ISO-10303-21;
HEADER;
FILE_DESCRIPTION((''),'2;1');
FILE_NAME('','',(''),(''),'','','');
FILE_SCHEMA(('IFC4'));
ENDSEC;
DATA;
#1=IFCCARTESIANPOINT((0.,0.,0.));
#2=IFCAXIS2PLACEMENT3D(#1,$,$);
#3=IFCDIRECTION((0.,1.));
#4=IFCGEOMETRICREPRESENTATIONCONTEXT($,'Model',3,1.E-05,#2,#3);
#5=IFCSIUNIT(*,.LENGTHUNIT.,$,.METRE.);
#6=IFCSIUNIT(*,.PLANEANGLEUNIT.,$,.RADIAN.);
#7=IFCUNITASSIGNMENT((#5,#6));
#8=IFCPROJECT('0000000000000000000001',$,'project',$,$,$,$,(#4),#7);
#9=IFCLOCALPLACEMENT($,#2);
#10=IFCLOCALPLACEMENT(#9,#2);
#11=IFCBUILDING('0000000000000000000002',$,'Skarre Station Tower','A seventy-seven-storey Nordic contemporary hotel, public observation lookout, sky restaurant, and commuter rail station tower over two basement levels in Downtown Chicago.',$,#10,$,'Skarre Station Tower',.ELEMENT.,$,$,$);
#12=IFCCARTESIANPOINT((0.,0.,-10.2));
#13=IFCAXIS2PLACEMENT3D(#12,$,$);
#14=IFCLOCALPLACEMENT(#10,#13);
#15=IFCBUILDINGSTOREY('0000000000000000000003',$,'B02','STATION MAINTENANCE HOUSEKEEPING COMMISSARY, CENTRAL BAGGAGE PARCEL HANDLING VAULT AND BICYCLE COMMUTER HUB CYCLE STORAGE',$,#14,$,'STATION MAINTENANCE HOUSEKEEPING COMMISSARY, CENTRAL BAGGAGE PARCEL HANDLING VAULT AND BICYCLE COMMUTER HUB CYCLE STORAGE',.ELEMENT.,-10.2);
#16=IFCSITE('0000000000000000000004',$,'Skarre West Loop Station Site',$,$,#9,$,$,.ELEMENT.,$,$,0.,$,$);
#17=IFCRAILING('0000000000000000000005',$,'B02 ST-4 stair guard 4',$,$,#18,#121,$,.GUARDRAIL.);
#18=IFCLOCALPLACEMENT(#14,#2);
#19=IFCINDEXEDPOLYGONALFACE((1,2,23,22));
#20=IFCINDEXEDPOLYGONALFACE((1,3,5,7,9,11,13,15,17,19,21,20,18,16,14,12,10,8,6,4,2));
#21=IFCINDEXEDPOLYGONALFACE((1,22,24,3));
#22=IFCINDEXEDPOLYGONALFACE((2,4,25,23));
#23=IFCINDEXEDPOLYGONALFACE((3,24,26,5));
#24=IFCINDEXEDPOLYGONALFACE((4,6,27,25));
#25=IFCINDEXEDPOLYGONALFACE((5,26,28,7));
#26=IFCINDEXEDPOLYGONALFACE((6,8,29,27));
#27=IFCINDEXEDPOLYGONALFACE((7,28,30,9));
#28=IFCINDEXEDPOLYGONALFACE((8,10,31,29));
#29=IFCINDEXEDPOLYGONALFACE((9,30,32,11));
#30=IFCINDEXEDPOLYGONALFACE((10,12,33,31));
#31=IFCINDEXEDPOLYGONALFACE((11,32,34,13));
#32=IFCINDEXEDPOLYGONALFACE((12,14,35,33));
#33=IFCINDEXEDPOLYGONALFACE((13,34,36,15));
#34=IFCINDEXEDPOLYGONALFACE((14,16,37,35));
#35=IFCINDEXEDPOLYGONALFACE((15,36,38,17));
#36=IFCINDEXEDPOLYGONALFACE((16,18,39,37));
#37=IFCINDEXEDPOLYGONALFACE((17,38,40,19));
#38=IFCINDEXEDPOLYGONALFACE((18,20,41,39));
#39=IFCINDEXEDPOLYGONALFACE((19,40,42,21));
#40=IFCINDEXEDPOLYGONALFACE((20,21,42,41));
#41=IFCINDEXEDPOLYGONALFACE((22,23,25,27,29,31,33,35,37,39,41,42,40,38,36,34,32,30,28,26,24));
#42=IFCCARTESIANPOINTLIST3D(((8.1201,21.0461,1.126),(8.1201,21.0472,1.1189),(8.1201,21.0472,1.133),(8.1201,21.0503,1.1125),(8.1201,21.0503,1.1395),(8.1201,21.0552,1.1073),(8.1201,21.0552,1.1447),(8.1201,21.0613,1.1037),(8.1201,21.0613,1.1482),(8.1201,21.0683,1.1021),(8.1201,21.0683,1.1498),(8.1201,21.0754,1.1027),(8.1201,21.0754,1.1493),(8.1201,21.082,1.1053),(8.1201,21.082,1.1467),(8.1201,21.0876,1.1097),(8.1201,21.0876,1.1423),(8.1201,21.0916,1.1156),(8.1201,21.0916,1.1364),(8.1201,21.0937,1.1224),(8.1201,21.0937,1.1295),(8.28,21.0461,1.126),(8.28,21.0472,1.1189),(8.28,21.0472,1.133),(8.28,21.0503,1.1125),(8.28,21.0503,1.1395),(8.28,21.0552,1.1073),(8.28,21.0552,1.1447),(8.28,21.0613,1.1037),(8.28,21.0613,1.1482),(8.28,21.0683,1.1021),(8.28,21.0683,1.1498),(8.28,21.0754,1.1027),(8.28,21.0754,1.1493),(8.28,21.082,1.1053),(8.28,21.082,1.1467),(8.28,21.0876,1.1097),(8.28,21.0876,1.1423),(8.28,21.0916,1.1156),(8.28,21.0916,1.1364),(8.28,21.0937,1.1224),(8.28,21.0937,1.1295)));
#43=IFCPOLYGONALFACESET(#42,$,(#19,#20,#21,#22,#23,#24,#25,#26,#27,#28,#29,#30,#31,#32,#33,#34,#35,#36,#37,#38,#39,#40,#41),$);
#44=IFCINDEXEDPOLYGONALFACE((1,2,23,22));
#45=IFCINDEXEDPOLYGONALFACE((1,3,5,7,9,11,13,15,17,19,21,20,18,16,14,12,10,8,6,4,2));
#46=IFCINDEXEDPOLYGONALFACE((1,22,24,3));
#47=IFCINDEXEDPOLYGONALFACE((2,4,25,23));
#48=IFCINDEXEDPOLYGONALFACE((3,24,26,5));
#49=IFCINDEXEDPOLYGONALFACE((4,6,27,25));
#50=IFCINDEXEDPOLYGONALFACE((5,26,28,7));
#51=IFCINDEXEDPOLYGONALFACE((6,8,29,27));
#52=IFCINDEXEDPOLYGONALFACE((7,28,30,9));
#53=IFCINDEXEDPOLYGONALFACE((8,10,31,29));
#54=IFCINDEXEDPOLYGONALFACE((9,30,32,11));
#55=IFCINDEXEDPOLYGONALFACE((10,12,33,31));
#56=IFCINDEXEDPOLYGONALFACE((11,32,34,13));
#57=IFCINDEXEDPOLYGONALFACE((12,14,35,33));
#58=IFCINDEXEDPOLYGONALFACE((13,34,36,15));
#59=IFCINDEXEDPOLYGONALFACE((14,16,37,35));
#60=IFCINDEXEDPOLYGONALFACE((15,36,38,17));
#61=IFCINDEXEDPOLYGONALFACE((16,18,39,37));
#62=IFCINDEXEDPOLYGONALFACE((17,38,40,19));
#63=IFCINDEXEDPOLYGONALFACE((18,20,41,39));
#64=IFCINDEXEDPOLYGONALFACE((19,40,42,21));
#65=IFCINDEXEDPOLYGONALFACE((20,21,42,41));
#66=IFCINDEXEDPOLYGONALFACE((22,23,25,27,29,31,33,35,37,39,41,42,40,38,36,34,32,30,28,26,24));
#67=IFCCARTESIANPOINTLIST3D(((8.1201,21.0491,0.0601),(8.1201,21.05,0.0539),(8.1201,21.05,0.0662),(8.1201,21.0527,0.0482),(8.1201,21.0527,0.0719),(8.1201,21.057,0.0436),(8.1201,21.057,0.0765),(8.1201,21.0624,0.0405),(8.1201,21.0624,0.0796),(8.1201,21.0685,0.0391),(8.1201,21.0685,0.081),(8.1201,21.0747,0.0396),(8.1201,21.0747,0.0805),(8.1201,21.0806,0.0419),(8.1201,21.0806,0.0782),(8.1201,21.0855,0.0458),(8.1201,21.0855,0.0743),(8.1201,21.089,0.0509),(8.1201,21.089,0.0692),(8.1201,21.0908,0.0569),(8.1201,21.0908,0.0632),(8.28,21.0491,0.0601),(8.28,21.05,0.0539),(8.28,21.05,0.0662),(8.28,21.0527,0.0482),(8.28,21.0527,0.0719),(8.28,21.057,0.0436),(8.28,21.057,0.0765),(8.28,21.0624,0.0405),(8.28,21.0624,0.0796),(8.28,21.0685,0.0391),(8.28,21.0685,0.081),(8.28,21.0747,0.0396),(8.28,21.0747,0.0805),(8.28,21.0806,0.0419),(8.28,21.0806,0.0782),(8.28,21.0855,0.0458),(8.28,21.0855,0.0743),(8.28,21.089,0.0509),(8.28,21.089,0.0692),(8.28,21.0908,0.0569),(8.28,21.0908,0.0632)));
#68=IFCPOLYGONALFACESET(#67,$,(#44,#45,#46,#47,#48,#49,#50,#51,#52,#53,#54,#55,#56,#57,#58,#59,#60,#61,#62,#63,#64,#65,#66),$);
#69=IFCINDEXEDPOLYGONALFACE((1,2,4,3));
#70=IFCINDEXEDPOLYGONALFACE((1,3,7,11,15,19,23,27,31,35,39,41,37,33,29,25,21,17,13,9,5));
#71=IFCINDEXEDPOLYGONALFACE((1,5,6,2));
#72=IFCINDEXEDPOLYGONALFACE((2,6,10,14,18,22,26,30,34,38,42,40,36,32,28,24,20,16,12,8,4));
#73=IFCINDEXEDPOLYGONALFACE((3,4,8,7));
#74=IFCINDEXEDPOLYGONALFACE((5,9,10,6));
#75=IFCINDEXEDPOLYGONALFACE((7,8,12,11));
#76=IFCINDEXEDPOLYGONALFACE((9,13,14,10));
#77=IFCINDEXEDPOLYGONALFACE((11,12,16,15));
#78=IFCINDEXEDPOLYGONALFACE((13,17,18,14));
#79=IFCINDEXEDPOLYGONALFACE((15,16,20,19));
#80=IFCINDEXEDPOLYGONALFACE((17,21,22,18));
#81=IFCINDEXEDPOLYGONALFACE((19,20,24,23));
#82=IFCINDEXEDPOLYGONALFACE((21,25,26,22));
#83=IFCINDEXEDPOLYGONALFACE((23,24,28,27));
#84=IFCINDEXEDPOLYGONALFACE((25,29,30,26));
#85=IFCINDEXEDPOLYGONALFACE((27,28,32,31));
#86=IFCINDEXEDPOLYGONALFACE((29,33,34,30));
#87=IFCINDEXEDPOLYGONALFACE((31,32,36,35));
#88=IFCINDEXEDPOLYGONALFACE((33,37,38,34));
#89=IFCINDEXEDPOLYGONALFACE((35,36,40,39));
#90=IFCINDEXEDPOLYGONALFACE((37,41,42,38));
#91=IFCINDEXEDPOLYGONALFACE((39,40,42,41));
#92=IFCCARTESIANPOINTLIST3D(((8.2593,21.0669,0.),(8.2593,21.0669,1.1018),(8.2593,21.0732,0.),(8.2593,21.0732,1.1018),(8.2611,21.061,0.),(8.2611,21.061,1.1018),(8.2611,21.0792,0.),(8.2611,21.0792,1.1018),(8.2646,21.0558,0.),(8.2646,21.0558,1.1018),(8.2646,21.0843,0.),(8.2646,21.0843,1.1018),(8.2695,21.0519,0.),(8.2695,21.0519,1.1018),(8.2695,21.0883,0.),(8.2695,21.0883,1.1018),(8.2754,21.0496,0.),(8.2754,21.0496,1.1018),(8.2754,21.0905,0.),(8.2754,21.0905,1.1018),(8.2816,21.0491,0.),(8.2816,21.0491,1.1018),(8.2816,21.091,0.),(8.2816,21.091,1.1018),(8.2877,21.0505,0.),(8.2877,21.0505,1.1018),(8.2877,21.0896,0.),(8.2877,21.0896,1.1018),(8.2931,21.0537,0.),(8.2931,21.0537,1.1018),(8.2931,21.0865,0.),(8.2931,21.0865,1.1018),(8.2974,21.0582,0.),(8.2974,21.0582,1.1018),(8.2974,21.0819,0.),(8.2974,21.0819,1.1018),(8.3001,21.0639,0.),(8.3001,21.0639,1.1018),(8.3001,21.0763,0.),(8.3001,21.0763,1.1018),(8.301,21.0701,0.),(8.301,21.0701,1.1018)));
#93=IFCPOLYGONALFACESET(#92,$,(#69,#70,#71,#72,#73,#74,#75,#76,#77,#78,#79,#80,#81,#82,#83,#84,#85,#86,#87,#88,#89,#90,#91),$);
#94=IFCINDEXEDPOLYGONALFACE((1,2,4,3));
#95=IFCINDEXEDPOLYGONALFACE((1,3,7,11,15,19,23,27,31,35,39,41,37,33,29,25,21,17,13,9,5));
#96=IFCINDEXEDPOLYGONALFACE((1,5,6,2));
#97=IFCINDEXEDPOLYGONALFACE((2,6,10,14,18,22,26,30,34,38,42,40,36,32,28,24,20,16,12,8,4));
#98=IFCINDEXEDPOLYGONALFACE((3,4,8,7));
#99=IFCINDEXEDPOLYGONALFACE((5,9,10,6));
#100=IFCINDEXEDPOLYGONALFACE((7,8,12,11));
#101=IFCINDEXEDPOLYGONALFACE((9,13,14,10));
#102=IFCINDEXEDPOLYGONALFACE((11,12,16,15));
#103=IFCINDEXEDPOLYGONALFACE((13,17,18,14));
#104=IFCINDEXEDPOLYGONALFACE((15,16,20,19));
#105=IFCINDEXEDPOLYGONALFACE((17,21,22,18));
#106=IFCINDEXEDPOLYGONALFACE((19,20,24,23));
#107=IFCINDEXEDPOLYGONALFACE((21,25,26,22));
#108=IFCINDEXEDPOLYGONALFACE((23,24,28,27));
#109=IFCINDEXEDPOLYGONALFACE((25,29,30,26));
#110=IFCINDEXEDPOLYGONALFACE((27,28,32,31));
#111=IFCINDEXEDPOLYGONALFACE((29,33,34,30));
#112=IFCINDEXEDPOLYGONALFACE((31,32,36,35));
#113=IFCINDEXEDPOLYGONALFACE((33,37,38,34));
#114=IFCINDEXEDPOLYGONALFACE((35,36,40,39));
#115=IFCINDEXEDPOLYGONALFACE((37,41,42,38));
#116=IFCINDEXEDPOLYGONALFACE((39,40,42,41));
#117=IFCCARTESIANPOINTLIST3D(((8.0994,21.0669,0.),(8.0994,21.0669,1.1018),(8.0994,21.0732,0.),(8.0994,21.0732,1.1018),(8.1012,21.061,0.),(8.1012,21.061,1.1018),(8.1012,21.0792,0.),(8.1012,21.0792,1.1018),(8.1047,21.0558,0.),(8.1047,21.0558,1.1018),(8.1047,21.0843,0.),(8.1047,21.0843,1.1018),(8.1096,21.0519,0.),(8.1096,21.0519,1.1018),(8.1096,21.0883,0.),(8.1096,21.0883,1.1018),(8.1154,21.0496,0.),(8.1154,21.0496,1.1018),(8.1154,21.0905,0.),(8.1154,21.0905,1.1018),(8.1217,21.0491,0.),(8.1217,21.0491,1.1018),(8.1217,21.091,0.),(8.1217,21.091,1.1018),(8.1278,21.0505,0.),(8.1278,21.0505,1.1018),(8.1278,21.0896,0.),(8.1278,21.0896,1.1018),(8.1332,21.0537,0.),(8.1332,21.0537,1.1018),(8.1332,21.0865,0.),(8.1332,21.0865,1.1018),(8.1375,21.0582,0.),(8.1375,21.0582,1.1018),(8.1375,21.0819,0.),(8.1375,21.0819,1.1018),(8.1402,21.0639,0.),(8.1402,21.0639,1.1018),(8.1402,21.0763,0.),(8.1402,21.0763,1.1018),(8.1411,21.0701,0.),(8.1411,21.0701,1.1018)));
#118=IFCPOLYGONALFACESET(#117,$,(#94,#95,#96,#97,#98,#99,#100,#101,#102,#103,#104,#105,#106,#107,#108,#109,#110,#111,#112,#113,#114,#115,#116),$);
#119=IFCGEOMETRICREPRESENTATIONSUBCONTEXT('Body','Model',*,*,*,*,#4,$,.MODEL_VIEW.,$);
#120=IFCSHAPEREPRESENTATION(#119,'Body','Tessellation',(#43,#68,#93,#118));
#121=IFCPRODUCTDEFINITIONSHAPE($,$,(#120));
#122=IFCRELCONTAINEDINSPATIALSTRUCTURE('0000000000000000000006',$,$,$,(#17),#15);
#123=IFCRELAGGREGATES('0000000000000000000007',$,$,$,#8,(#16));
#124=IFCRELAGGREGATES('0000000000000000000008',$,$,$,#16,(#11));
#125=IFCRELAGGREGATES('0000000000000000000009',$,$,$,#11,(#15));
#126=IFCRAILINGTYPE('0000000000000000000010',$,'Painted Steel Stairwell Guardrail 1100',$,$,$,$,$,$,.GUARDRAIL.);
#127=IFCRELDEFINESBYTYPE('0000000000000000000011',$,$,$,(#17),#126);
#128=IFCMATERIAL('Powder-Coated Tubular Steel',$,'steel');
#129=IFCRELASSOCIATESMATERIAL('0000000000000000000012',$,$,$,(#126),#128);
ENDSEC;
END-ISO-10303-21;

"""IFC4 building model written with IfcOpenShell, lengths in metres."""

from ifc_helpers import new_model, si_unit, direction, frame, origin, origin_2d, place, context, subcontext, project, spatial, circle, extrude, material, type_object, element, save


model = new_model("IFC4")

# Units and contexts
model_context = context("Model", 3, precision=1e-05, world=origin(), true_north=direction((0.0, 1.0)))
body_context = subcontext(model_context, "Body", "Model", "MODEL_VIEW")
ifc_project = project(units=[si_unit("LENGTHUNIT", "METRE"), si_unit("PLANEANGLEUNIT", "RADIAN")], contexts=[model_context])

# Site, building, storey
site_placement = place(None, origin())
site = spatial("IfcSite", under=ifc_project, at=site_placement, Name="Skarre West Loop Station Site", CompositionType="ELEMENT", RefElevation=0.0)
building_placement = place(site_placement, origin())
building = spatial("IfcBuilding", under=site, at=building_placement, Name="Skarre Station Tower", Description="A seventy-seven-storey Nordic contemporary hotel, public observation lookout, sky restaurant, and commuter rail station tower over two basement levels in Downtown Chicago.", LongName="Skarre Station Tower", CompositionType="ELEMENT")
storey_placement = place(building_placement, frame((0.0, 0.0, -10.2)))
storey = spatial("IfcBuildingStorey", under=building, at=storey_placement, Name="B02", Description="STATION MAINTENANCE HOUSEKEEPING COMMISSARY, CENTRAL BAGGAGE PARCEL HANDLING VAULT AND BICYCLE COMMUTER HUB CYCLE STORAGE", LongName="STATION MAINTENANCE HOUSEKEEPING COMMISSARY, CENTRAL BAGGAGE PARCEL HANDLING VAULT AND BICYCLE COMMUTER HUB CYCLE STORAGE", CompositionType="ELEMENT", Elevation=-10.2)

# Railing
ifc_material_1 = material(Name="Powder-Coated Tubular Steel", Category="steel")
railing_type_1 = type_object("IfcRailingType", Name="Painted Steel Stairwell Guardrail 1100", PredefinedType="GUARDRAIL", material=ifc_material_1)
railing_1_placement = place(storey_placement, frame((8.28, 21.0701, 0.0)))
element("IfcRailing", 1, at=railing_1_placement, inside=storey, type_object=railing_type_1, Name="B02 ST-4 stair guard 4", PredefinedType="GUARDRAIL", context=body_context, shape_type="SweptSolid", body=[
    extrude(circle(Radius=0.0239, at=origin_2d()), frame((0.0, 0.0, 1.126), z_axis=(-1.0, 0.0, 0.0), x_axis=(0.0, -1.0, 0.0)), (0.0, 0.0, 1.0), 0.1599),
    extrude(circle(Radius=0.021, at=origin_2d()), frame((0.0, 0.0, 0.0601), z_axis=(-1.0, 0.0, 0.0), x_axis=(0.0, -1.0, 0.0)), (0.0, 0.0, 1.0), 0.1599),
    extrude(circle(Radius=0.021, at=origin_2d()), origin(), (0.0, 0.0, 1.0), 1.1018),
    extrude(circle(Radius=0.021, at=origin_2d()), frame((-0.1599, 0.0, 0.0)), (0.0, 0.0, 1.0), 1.1018),
])

save(model, "model.ifc")
